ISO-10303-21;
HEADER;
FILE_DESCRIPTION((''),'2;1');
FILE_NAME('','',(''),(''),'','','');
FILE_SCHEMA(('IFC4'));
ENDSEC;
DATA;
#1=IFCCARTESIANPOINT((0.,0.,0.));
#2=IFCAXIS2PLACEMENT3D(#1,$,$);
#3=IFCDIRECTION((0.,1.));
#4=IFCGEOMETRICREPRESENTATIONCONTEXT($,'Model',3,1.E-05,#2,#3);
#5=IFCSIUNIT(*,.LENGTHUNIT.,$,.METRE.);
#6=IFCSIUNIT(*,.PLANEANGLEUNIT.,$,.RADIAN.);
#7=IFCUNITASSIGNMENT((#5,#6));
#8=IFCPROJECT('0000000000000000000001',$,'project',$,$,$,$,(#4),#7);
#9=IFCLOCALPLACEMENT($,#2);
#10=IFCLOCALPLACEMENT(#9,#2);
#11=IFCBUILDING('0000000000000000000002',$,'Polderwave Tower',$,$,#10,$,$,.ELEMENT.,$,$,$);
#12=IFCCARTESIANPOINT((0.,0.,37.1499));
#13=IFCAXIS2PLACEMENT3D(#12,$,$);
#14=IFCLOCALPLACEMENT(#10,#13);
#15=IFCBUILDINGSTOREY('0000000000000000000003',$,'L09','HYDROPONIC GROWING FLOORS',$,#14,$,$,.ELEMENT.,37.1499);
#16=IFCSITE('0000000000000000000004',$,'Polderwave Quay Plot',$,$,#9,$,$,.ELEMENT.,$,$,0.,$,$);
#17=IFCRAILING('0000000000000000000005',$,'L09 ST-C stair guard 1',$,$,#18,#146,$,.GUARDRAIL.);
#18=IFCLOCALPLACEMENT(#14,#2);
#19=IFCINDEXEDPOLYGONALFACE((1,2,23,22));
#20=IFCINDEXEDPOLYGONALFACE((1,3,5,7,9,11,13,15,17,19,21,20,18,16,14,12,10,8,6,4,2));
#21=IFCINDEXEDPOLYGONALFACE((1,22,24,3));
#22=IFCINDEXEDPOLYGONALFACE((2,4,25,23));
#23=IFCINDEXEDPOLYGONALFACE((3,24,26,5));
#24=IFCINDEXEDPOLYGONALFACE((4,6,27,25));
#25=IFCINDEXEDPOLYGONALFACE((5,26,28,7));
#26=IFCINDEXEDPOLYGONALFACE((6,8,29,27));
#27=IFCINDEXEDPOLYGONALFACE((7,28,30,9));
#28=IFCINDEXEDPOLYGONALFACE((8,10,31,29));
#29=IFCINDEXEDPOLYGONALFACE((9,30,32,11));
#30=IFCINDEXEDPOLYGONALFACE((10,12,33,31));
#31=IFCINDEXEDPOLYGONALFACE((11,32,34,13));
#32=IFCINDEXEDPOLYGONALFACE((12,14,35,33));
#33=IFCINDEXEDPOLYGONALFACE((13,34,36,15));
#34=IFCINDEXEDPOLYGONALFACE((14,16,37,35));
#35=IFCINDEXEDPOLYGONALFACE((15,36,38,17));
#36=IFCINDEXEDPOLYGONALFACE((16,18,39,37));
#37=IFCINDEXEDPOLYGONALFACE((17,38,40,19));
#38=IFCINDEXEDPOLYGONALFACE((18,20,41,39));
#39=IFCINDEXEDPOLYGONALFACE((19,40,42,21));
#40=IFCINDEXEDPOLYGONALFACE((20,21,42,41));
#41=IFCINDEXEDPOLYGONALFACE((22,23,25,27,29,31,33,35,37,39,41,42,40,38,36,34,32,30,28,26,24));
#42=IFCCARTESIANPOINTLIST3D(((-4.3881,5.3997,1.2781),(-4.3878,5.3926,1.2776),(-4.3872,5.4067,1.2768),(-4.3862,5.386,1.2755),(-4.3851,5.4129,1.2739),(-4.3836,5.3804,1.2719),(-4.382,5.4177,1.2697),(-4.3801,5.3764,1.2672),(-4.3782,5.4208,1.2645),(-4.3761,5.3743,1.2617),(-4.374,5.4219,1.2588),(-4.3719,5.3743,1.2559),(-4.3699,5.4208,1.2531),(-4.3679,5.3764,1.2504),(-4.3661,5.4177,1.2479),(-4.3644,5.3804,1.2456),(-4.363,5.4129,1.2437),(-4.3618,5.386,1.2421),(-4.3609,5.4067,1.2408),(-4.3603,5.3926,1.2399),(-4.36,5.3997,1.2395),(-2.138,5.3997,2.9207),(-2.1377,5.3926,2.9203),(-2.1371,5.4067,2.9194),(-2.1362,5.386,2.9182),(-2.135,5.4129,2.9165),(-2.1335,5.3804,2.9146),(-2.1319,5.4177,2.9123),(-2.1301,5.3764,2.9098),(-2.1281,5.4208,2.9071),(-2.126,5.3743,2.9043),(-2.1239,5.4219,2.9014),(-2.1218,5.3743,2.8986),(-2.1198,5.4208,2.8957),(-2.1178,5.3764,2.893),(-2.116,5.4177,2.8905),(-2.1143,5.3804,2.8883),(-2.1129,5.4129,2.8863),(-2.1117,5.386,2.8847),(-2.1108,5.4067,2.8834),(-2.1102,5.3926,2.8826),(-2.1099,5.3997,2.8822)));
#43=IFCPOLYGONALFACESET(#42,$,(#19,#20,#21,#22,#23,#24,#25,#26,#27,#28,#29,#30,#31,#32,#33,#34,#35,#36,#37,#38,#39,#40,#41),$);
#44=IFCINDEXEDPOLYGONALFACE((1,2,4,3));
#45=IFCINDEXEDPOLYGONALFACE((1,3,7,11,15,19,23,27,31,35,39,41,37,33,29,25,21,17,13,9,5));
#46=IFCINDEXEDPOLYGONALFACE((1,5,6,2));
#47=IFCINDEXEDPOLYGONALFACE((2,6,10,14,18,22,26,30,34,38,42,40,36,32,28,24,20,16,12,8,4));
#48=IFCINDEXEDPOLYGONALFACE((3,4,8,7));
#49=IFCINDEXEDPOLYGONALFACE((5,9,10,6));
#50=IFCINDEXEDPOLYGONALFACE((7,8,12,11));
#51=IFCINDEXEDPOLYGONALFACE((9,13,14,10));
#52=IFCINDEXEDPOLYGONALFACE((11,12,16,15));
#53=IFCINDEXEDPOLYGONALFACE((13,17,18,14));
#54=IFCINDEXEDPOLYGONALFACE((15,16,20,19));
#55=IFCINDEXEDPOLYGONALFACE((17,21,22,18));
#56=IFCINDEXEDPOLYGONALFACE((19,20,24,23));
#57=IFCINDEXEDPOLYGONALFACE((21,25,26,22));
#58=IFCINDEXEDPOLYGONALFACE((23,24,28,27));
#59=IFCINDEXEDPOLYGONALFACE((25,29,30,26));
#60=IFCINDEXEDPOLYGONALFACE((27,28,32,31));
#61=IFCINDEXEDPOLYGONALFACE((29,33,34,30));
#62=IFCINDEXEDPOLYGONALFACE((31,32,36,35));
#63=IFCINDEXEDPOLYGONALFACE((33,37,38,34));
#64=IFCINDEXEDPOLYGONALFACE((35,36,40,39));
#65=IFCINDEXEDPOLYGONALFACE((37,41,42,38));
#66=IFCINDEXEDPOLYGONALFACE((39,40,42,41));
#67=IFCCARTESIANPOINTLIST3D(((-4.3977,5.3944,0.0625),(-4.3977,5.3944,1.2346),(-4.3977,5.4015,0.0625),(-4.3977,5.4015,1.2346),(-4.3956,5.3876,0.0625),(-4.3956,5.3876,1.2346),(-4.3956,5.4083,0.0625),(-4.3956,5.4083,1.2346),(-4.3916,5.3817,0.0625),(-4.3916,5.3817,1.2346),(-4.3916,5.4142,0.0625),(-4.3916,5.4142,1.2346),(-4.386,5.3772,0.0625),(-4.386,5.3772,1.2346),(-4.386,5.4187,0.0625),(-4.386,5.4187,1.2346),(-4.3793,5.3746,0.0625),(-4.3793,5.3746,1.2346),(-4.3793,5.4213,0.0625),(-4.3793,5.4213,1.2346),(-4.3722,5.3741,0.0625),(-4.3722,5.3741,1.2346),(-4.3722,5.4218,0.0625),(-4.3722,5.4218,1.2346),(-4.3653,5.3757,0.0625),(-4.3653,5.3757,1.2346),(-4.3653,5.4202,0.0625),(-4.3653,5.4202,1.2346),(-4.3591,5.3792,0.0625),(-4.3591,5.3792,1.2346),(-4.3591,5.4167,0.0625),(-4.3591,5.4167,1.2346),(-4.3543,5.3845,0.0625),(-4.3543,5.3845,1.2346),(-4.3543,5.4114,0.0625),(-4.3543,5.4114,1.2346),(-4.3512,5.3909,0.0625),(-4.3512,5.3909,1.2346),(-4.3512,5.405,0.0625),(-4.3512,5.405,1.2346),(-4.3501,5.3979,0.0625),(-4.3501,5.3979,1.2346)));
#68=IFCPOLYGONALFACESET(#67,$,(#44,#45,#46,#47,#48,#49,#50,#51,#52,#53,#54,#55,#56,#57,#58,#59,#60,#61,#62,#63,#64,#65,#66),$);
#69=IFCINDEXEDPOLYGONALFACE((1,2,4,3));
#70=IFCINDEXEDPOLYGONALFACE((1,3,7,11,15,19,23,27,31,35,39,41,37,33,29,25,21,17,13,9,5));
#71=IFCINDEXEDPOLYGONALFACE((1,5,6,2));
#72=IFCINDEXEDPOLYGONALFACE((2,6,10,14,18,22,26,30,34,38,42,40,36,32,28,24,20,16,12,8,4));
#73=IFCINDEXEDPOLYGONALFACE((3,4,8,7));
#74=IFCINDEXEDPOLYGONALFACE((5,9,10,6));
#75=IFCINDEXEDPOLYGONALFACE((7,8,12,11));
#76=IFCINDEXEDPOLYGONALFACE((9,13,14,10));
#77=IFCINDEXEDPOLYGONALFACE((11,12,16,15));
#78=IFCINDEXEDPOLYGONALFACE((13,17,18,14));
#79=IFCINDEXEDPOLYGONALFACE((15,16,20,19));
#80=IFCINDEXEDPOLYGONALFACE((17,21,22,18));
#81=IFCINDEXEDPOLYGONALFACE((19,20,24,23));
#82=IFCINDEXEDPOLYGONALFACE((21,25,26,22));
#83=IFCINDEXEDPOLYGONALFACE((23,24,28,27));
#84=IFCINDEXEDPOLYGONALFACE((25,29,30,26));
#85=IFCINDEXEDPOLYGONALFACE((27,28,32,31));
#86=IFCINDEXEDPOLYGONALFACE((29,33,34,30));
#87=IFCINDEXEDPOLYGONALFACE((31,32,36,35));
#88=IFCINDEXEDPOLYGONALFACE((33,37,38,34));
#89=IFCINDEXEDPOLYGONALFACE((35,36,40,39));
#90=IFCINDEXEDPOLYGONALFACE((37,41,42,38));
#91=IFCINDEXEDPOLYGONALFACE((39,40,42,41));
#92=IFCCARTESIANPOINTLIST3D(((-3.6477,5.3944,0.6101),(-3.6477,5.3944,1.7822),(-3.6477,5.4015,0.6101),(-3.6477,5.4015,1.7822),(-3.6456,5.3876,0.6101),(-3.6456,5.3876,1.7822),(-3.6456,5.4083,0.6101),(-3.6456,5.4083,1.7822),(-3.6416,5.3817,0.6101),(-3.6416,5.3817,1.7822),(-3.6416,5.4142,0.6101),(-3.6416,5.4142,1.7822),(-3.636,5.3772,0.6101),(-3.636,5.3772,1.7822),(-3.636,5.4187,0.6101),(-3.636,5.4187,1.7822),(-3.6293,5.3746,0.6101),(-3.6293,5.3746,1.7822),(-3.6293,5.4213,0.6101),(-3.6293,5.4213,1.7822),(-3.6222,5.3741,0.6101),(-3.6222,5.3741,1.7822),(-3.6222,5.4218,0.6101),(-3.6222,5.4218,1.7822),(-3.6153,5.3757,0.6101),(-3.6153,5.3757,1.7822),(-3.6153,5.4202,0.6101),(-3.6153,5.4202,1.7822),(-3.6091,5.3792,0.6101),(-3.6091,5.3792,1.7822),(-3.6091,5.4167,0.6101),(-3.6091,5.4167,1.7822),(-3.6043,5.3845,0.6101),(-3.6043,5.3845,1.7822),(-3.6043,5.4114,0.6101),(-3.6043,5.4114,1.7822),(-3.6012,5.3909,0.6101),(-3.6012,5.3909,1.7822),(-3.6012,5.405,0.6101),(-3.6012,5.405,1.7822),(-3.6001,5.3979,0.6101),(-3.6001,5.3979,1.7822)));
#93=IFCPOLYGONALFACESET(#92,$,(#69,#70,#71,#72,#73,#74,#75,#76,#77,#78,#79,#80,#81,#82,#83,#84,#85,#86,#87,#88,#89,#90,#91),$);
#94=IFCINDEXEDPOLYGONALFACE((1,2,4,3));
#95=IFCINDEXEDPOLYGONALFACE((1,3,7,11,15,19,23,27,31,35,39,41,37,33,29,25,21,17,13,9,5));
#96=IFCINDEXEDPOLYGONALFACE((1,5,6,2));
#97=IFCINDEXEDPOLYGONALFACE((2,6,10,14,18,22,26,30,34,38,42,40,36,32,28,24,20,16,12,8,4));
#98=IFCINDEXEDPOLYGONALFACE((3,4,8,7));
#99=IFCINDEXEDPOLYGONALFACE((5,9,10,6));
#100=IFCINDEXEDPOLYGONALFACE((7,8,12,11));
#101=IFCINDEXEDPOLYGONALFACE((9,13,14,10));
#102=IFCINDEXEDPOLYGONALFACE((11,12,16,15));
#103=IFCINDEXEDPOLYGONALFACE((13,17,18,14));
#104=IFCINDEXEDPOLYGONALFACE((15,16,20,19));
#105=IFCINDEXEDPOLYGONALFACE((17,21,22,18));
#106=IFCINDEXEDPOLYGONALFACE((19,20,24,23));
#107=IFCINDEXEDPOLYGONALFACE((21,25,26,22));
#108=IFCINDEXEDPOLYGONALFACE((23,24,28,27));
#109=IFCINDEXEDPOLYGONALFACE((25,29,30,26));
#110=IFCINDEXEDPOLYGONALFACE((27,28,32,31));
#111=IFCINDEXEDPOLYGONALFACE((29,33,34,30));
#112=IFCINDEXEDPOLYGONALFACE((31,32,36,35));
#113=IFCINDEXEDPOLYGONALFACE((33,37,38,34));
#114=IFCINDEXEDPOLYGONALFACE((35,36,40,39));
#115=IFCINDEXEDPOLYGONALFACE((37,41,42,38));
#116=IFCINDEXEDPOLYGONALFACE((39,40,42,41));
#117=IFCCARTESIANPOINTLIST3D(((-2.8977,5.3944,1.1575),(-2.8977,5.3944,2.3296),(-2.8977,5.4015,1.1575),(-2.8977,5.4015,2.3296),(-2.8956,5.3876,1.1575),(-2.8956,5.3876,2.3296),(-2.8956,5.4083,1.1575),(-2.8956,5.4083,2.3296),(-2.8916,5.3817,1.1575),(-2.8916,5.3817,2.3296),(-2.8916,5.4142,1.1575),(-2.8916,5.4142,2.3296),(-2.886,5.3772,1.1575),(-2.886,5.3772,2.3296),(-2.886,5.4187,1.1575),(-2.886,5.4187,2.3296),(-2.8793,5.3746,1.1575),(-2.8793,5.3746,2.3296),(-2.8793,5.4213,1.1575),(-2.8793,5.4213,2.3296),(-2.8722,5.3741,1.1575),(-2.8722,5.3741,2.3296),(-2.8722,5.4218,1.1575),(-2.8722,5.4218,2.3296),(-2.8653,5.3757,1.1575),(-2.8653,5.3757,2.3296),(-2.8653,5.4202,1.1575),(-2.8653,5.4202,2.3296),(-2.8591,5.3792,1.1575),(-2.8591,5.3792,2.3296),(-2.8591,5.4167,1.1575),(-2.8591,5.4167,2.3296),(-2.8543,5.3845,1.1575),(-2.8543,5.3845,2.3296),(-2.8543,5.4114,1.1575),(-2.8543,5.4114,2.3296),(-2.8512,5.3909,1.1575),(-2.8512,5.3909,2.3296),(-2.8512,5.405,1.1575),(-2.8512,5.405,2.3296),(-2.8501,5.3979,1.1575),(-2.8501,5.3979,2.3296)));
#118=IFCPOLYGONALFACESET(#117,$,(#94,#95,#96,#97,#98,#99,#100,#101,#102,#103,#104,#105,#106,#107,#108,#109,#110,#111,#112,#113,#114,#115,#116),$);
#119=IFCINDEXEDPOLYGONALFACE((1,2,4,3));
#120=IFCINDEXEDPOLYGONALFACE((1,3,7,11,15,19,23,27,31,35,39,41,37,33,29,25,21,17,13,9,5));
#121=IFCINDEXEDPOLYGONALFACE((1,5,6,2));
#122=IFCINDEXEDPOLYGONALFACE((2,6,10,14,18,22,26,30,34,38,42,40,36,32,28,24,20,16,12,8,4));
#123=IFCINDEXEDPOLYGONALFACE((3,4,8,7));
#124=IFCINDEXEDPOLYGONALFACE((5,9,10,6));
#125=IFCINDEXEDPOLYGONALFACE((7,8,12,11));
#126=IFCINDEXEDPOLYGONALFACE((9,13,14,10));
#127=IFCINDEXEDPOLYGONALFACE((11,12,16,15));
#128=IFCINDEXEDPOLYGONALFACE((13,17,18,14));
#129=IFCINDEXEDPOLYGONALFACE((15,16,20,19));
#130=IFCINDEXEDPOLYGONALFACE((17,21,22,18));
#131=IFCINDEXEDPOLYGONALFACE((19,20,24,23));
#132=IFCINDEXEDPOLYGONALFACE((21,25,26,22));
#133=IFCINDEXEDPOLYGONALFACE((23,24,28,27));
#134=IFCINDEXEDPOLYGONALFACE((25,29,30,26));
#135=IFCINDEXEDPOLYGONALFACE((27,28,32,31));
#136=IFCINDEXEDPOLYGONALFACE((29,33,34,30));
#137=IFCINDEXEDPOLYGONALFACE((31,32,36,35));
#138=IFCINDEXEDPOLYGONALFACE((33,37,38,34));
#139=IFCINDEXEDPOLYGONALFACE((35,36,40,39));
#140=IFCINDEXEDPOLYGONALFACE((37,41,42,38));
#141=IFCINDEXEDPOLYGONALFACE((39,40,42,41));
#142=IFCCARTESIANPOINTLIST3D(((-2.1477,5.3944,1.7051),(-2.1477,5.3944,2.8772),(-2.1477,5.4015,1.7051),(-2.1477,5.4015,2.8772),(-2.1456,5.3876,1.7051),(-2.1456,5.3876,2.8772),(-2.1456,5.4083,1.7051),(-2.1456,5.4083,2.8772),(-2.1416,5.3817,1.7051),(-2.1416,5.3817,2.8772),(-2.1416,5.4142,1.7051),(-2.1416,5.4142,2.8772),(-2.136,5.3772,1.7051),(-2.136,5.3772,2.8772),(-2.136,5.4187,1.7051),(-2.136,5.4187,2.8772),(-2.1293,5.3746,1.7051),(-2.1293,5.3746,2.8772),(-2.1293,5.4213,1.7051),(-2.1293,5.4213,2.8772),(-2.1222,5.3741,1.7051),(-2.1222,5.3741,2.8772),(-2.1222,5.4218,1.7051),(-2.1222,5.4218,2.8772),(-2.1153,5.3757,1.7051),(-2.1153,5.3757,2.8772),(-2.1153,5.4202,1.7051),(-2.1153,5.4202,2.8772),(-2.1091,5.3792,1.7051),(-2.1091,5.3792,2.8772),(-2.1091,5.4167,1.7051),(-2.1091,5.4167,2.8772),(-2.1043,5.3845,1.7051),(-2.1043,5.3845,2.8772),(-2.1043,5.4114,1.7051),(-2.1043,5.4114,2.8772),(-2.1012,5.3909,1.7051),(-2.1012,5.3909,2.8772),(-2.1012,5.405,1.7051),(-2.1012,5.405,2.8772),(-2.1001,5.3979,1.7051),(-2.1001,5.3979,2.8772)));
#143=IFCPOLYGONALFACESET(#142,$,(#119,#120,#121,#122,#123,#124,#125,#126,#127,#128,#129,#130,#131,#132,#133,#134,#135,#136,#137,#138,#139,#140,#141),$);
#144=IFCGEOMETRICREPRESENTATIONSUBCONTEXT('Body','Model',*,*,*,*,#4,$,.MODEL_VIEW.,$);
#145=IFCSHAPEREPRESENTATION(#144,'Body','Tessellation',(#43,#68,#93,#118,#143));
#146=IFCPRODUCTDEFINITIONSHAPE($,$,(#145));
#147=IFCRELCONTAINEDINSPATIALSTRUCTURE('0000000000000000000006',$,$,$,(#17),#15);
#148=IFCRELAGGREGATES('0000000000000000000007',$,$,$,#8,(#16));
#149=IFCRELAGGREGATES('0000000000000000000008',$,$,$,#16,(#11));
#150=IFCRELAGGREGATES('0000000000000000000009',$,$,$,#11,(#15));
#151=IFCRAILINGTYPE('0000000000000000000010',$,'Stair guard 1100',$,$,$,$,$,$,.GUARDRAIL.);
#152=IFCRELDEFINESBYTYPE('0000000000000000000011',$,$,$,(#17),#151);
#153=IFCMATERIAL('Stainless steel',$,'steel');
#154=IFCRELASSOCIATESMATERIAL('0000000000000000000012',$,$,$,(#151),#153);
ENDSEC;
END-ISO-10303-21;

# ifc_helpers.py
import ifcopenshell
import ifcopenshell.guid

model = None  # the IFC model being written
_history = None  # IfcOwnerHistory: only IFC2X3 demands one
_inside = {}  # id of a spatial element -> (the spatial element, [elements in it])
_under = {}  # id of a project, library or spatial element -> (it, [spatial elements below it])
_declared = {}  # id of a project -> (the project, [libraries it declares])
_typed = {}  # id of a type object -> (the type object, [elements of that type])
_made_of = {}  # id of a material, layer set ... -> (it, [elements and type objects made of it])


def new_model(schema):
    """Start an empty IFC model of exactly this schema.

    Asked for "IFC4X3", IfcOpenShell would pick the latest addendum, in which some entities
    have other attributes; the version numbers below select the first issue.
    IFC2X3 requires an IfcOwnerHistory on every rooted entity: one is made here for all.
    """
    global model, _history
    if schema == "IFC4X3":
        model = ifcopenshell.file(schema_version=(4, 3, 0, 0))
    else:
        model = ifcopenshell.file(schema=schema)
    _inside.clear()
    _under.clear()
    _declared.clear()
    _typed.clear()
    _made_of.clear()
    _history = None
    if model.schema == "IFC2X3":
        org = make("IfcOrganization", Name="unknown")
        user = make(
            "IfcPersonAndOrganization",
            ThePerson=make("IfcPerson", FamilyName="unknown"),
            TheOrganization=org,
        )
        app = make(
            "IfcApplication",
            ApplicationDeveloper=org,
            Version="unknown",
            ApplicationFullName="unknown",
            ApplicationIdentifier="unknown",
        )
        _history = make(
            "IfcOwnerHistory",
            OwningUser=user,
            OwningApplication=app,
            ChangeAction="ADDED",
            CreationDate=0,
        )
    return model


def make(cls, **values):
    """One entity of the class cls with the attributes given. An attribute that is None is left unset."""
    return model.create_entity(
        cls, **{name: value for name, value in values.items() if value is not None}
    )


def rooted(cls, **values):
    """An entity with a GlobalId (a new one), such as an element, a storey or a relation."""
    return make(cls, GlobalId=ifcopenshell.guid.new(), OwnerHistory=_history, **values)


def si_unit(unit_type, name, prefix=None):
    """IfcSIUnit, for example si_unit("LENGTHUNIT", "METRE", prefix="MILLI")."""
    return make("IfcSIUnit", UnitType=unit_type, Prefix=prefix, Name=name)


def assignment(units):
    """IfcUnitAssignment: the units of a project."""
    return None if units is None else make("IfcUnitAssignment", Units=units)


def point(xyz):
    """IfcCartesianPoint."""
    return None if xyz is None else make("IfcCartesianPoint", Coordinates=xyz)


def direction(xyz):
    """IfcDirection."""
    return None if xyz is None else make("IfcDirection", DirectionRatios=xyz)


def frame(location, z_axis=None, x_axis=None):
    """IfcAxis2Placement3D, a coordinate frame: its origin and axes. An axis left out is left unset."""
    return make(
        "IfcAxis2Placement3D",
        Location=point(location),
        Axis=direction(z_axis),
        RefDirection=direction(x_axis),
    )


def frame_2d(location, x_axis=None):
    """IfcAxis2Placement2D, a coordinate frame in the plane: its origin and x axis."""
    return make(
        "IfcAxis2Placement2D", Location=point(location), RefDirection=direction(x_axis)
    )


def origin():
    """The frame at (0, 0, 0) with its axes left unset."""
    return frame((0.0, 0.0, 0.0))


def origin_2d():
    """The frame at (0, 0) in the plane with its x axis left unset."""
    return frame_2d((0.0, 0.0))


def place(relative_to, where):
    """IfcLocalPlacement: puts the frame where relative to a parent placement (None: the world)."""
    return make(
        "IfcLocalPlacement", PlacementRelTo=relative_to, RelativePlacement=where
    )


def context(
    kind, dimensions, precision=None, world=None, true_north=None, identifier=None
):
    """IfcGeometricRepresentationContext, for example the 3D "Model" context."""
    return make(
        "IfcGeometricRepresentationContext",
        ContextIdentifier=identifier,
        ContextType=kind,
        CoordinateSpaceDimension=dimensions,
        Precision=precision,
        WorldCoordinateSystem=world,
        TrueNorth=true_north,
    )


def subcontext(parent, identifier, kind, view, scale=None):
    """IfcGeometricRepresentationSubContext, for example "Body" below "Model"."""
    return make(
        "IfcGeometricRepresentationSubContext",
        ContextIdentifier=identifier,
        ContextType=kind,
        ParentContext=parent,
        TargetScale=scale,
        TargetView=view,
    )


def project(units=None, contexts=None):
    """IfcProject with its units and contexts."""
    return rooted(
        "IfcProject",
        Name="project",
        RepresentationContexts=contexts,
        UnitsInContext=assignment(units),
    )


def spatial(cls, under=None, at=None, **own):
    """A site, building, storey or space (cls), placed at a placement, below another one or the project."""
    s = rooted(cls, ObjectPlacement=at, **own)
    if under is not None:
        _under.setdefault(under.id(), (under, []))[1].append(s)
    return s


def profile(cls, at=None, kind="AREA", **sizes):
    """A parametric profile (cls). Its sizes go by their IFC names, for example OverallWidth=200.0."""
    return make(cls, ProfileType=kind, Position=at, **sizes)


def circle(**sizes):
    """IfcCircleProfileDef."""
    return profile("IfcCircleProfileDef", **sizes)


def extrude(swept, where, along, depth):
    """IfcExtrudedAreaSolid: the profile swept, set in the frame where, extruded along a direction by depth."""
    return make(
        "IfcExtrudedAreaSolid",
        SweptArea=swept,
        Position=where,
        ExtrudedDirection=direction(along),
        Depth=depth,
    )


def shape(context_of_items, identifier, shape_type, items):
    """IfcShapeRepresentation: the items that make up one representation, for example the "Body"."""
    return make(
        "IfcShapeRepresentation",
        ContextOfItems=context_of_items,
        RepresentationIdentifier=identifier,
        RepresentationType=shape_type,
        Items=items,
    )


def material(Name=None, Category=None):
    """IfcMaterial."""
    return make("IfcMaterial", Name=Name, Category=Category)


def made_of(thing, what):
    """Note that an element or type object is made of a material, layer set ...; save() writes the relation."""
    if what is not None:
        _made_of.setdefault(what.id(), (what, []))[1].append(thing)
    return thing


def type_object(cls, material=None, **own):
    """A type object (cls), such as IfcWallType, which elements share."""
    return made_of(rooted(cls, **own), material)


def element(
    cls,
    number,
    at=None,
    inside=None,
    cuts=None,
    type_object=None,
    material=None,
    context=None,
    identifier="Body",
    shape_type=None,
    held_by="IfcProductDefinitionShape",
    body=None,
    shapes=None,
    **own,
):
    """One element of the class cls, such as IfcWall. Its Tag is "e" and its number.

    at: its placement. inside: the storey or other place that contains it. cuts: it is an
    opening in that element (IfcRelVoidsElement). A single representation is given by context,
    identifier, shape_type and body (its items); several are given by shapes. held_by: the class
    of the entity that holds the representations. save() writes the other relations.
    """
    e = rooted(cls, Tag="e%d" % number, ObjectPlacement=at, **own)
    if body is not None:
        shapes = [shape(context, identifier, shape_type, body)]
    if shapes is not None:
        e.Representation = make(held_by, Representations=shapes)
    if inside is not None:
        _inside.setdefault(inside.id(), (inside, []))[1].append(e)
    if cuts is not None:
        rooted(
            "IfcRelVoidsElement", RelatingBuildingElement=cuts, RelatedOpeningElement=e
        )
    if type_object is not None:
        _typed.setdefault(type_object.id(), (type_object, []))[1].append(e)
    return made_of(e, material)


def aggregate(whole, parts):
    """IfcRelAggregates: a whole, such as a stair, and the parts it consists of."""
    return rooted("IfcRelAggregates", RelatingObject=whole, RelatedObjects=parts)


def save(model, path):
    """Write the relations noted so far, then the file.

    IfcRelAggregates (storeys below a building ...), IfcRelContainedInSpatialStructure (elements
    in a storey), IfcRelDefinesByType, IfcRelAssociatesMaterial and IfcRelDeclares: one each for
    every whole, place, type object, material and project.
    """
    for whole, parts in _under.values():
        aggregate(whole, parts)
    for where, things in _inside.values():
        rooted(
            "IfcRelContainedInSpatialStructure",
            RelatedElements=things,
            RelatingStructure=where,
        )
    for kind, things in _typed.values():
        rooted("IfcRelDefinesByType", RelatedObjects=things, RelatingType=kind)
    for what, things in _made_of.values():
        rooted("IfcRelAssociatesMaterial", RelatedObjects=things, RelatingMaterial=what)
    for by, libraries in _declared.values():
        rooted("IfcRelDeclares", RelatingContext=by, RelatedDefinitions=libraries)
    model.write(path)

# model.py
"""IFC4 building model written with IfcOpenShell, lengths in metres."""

from ifc_helpers import new_model, si_unit, direction, frame, origin, origin_2d, place, context, subcontext, project, spatial, circle, extrude, material, type_object, element, save


model = new_model("IFC4")

# Units and contexts
model_context = context("Model", 3, precision=1e-05, world=origin(), true_north=direction((0.0, 1.0)))
body_context = subcontext(model_context, "Body", "Model", "MODEL_VIEW")
ifc_project = project(units=[si_unit("LENGTHUNIT", "METRE"), si_unit("PLANEANGLEUNIT", "RADIAN")], contexts=[model_context])

# Site, building, storey
site_placement = place(None, origin())
site = spatial("IfcSite", under=ifc_project, at=site_placement, Name="Polderwave Quay Plot", CompositionType="ELEMENT", RefElevation=0.0)
building_placement = place(site_placement, origin())
building = spatial("IfcBuilding", under=site, at=building_placement, Name="Polderwave Tower", CompositionType="ELEMENT")
storey_placement = place(building_placement, frame((0.0, 0.0, 37.1499)))
storey = spatial("IfcBuildingStorey", under=building, at=storey_placement, Name="L09", Description="HYDROPONIC GROWING FLOORS", CompositionType="ELEMENT", Elevation=37.1499)

# Railing
ifc_material_1 = material(Name="Stainless steel", Category="steel")
railing_type_1 = type_object("IfcRailingType", Name="Stair guard 1100", PredefinedType="GUARDRAIL", material=ifc_material_1)
railing_1_placement = place(storey_placement, frame((-4.374, 5.3979, 0.0625)))
element("IfcRailing", 1, at=railing_1_placement, inside=storey, type_object=railing_type_1, Name="L09 ST-C stair guard 1", PredefinedType="GUARDRAIL", context=body_context, shape_type="SweptSolid", body=[
    extrude(circle(Radius=0.0239, at=origin_2d()), frame((0.0, 0.0, 1.1963), z_axis=(0.807674, 0.0, 0.58963), x_axis=(0.0, 1.0, 0.0)), (0.0, 0.0, 1.0), 2.7859),
    extrude(circle(Radius=0.0239, at=origin_2d()), origin(), (0.0, 0.0, 1.0), 1.1721),
    extrude(circle(Radius=0.0239, at=origin_2d()), frame((0.75, 0.0, 0.5476)), (0.0, 0.0, 1.0), 1.1721),
    extrude(circle(Radius=0.0239, at=origin_2d()), frame((1.5, 0.0, 1.095)), (0.0, 0.0, 1.0), 1.1721),
    extrude(circle(Radius=0.0239, at=origin_2d()), frame((2.25, 0.0, 1.6426)), (0.0, 0.0, 1.0), 1.1721),
])

save(model, "model.ifc")
